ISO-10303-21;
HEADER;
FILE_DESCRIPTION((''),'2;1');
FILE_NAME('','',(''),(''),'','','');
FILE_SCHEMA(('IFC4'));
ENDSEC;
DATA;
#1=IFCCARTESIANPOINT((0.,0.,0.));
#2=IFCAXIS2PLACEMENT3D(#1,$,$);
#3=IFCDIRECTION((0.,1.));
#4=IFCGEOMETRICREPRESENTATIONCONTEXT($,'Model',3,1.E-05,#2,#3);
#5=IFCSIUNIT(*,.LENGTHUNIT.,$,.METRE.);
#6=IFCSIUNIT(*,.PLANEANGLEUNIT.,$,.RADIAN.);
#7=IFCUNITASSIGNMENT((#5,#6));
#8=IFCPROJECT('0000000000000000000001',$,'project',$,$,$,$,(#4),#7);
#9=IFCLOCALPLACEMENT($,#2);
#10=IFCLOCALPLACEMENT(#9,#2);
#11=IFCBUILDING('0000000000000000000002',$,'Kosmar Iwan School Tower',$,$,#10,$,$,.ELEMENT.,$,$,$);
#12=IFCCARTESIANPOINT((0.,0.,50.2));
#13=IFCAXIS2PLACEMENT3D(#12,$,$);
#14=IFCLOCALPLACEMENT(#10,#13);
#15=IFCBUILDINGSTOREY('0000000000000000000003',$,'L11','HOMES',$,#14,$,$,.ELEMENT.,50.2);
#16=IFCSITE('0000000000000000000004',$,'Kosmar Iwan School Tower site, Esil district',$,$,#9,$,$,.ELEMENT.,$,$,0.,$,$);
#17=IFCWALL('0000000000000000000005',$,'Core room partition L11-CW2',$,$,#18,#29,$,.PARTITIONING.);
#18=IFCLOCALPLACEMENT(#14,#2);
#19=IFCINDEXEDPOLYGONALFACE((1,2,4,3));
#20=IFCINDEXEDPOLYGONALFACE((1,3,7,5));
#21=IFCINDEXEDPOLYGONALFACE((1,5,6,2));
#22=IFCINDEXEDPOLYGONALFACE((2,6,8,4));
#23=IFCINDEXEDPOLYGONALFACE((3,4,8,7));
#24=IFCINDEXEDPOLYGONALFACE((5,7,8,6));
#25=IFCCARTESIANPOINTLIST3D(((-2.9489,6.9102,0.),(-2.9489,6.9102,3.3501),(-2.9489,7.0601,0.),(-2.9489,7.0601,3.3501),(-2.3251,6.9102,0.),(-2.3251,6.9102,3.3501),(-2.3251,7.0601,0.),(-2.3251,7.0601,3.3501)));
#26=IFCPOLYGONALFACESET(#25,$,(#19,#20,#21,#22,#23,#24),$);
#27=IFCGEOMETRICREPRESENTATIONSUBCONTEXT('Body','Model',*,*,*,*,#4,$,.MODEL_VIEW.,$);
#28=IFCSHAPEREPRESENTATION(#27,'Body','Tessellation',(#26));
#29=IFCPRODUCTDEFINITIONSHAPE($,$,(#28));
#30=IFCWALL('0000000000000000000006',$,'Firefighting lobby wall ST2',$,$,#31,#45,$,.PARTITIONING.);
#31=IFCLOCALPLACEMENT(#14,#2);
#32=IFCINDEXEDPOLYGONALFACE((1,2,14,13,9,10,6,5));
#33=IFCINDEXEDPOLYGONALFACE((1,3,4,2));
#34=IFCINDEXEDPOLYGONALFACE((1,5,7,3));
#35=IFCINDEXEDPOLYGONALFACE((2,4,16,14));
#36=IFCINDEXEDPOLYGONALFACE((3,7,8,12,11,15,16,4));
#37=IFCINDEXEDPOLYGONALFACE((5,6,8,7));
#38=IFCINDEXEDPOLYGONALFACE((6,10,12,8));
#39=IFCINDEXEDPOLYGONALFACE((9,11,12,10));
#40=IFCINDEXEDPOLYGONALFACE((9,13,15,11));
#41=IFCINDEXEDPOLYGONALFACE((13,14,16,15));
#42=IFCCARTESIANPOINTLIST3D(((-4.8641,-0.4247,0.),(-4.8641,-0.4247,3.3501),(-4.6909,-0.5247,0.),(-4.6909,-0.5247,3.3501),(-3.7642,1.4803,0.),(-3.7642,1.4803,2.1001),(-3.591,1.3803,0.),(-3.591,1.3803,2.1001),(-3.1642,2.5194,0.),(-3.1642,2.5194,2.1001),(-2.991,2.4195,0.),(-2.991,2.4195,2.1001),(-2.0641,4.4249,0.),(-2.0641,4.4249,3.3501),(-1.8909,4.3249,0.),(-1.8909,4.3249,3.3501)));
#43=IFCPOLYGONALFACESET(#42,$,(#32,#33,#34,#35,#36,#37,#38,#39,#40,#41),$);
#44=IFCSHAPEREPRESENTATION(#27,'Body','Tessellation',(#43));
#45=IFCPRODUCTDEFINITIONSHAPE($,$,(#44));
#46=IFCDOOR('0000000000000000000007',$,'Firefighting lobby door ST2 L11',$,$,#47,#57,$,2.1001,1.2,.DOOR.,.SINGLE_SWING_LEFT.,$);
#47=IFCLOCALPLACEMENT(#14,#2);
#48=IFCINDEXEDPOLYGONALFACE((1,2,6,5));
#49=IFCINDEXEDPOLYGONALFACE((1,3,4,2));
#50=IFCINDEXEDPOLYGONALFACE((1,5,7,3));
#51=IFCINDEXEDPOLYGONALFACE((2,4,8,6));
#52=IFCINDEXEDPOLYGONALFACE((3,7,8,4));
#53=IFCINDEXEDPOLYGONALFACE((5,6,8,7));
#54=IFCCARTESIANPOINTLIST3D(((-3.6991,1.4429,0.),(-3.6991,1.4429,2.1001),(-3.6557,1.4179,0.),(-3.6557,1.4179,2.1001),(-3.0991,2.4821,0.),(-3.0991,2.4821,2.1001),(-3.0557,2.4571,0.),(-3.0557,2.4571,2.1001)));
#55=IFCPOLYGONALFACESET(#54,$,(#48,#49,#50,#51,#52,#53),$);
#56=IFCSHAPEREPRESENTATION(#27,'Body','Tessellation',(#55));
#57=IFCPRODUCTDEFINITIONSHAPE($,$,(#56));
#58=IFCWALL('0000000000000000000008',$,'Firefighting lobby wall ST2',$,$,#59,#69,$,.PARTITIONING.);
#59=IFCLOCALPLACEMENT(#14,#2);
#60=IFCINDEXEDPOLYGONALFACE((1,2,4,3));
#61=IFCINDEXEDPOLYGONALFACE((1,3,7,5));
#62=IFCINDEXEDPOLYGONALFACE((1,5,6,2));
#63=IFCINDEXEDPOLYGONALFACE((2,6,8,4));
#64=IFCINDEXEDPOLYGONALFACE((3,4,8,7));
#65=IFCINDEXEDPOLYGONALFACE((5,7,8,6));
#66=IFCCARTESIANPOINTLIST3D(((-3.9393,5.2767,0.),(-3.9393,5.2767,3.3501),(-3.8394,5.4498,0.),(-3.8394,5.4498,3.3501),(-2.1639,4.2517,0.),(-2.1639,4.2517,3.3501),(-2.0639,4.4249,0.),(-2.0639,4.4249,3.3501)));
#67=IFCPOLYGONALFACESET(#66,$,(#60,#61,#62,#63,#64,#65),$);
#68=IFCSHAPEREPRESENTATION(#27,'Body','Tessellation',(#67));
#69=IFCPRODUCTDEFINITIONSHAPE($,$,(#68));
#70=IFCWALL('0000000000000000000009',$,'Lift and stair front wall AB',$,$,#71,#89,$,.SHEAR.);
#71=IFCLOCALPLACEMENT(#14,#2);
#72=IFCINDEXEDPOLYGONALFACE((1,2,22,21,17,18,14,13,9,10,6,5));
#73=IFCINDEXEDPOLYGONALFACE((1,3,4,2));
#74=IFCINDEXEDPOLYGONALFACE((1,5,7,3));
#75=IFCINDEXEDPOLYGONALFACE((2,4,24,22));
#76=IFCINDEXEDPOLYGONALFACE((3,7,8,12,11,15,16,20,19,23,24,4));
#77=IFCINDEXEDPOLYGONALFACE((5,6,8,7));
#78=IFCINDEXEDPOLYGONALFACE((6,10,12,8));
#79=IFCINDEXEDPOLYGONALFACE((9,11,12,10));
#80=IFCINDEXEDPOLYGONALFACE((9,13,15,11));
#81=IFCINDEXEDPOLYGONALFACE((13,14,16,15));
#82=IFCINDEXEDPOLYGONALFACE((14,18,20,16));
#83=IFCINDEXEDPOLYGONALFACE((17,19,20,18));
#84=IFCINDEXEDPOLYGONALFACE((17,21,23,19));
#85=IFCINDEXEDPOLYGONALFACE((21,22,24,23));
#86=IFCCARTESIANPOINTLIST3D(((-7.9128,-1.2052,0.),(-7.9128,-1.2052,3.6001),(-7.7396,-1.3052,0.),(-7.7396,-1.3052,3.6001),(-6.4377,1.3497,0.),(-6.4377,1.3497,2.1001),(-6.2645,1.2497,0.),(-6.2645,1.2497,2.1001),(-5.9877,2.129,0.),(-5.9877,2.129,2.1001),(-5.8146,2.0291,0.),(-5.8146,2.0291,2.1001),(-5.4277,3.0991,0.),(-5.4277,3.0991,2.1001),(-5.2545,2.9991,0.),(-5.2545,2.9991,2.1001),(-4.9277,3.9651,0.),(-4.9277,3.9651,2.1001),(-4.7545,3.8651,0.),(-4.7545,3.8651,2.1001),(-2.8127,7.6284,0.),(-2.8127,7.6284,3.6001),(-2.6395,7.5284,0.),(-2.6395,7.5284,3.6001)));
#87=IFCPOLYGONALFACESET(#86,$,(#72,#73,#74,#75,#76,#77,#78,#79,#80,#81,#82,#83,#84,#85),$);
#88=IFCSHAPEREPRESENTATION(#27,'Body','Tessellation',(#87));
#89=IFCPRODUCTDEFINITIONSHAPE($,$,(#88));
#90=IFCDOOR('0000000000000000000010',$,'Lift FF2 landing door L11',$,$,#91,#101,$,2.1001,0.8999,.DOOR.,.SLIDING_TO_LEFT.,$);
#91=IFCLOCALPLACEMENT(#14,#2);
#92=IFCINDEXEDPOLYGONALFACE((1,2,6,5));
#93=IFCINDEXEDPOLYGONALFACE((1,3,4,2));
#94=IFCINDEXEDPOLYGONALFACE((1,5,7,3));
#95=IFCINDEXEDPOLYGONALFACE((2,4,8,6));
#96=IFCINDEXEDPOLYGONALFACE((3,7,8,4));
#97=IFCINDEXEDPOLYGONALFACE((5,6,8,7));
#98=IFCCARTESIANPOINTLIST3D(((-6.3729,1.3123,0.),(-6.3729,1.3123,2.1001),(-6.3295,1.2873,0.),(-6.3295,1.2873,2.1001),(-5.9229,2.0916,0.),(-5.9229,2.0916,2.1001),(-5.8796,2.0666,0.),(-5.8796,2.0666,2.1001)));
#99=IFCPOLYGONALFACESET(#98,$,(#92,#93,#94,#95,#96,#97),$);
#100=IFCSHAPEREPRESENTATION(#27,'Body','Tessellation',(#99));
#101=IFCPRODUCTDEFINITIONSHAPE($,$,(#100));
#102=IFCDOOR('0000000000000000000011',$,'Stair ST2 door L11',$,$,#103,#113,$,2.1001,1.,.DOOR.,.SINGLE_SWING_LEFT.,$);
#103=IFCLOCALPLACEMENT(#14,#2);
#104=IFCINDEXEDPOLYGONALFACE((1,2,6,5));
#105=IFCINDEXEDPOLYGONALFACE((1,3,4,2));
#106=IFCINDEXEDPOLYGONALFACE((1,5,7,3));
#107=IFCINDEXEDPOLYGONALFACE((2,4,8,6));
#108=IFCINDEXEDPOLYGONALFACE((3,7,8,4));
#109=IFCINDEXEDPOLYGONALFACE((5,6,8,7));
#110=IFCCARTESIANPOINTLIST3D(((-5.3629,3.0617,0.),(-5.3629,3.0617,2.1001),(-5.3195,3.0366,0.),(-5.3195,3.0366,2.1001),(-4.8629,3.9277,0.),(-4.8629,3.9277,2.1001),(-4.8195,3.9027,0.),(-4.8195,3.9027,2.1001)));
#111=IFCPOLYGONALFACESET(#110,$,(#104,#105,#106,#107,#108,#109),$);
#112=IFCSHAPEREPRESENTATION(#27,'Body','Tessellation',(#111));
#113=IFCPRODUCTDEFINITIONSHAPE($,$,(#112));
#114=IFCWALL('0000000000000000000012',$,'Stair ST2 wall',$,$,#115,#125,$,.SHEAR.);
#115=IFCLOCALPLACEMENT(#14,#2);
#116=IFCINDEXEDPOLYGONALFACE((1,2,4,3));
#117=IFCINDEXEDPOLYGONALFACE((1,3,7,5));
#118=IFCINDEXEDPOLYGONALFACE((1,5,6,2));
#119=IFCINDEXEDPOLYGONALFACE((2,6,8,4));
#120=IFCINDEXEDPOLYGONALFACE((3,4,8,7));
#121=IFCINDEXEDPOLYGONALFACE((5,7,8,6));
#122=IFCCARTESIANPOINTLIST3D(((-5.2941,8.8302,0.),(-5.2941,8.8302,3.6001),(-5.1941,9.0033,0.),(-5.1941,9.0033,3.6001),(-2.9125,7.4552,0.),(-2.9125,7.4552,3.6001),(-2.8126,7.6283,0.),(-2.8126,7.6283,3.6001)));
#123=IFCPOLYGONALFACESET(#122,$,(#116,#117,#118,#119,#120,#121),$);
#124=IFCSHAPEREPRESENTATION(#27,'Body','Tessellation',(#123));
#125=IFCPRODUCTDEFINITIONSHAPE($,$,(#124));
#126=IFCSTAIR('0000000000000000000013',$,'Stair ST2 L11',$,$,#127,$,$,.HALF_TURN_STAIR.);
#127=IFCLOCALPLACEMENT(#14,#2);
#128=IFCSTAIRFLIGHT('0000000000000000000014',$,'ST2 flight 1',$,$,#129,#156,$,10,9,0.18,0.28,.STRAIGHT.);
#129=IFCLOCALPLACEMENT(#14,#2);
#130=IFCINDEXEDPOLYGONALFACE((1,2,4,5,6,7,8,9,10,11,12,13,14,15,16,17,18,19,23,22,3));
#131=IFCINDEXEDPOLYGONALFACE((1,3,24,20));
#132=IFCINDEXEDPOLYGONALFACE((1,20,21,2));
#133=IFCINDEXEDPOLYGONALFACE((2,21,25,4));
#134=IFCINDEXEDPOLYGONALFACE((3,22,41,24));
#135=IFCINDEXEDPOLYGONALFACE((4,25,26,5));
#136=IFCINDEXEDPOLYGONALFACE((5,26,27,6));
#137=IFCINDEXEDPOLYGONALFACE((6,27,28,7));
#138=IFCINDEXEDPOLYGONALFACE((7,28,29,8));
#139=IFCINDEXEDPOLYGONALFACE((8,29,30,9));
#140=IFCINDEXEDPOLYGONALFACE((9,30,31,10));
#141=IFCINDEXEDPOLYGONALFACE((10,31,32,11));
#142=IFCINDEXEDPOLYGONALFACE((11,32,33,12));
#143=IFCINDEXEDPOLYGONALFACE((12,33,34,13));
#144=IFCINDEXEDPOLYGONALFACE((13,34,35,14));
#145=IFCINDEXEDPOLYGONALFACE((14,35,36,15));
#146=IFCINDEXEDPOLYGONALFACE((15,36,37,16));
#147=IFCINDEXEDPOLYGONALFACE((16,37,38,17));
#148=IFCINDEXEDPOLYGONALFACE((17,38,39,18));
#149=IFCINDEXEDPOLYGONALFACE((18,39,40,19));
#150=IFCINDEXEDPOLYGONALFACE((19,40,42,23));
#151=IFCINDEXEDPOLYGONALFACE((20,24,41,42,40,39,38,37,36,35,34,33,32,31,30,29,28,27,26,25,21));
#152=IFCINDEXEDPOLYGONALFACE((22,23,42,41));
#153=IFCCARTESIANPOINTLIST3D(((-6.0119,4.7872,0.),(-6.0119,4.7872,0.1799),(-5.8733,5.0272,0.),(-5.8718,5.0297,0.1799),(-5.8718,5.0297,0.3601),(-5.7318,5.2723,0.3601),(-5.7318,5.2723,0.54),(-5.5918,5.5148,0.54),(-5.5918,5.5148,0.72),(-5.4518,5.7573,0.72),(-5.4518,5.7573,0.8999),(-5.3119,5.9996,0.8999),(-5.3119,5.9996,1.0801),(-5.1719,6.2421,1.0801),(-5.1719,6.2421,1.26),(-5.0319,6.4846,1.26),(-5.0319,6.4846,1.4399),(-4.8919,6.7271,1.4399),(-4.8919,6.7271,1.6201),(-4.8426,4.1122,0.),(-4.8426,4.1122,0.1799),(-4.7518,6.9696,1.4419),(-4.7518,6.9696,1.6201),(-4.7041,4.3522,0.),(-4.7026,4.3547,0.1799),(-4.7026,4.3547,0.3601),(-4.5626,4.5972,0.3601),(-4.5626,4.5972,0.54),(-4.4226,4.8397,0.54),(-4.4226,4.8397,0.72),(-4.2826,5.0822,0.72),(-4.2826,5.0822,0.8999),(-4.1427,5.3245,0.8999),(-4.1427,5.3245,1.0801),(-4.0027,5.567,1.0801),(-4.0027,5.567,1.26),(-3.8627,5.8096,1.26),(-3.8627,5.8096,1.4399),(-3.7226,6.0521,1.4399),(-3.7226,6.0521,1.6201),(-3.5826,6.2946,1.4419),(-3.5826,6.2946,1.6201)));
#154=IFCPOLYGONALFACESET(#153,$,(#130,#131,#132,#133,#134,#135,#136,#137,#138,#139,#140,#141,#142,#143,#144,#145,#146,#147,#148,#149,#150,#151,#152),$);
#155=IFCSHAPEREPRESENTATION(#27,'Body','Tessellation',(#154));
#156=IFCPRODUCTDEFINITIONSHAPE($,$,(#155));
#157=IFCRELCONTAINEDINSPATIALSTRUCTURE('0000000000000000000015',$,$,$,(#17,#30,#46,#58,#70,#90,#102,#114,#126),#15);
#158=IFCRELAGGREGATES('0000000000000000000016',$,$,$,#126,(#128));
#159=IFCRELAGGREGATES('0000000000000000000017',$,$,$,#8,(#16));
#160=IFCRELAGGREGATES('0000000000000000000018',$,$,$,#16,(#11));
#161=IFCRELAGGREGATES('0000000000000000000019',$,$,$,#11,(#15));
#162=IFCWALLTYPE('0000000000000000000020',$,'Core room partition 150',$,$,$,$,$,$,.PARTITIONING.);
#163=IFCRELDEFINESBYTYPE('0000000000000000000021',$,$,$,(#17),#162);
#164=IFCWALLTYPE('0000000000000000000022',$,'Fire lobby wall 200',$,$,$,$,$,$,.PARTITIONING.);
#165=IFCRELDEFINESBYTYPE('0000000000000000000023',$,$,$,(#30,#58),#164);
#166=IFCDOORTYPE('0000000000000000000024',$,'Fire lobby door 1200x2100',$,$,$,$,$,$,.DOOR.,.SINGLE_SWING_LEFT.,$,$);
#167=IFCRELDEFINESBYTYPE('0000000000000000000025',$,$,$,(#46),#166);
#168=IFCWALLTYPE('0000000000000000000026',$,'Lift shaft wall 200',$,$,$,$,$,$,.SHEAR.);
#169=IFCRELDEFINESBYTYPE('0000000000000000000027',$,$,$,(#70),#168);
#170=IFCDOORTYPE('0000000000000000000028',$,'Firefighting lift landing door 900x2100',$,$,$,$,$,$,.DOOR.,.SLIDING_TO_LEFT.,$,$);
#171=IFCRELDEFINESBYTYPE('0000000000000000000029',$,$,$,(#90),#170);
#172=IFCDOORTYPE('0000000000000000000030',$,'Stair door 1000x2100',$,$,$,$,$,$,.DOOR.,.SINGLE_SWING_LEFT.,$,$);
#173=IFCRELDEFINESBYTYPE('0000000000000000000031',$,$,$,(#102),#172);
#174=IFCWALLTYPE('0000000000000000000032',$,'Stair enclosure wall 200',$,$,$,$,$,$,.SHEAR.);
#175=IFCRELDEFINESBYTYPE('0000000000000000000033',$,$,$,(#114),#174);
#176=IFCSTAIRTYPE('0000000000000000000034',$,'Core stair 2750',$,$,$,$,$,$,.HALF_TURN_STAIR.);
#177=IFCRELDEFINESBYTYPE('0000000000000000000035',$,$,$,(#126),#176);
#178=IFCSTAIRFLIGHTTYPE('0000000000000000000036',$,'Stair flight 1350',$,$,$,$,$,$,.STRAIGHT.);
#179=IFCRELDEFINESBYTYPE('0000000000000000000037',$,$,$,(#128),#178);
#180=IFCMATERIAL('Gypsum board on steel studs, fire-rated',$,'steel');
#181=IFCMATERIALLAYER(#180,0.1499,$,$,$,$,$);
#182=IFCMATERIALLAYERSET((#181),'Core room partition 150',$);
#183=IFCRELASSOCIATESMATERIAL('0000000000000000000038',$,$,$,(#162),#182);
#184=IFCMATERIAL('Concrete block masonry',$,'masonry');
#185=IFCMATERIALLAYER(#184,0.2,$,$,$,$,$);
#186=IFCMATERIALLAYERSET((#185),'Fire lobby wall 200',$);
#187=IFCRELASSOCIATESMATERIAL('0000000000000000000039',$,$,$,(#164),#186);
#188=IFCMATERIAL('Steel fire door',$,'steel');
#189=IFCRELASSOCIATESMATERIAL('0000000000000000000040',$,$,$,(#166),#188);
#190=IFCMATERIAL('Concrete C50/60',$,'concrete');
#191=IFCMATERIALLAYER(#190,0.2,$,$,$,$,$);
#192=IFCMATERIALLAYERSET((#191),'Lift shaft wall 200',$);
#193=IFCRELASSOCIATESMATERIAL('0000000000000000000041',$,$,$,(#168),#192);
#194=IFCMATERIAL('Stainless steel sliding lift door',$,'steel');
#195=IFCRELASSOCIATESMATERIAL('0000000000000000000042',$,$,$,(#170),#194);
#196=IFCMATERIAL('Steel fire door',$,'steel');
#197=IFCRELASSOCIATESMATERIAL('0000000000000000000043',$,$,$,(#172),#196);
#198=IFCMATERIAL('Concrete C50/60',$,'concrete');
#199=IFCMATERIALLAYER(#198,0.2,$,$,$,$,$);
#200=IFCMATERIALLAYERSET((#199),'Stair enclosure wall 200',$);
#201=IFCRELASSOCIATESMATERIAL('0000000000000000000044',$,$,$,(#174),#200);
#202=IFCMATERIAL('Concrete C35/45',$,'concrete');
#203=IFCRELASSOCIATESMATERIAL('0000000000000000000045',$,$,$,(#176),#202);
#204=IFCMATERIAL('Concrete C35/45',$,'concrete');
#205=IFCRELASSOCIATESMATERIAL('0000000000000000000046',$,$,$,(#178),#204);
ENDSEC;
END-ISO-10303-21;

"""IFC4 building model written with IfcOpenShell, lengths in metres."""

from ifc_helpers import new_model, si_unit, direction, frame, frame_2d, origin, place, context, subcontext, project, spatial, polyline, rectangle, outline, extrude, material, layer, layer_set, type_object, element, fill, aggregate, save


model = new_model("IFC4")

# Units and contexts
model_context = context("Model", 3, precision=1e-05, world=origin(), true_north=direction((0.0, 1.0)))
body_context = subcontext(model_context, "Body", "Model", "MODEL_VIEW")
ifc_project = project(units=[si_unit("LENGTHUNIT", "METRE"), si_unit("PLANEANGLEUNIT", "RADIAN")], contexts=[model_context])

# Site, building, storey
site_placement = place(None, origin())
site = spatial("IfcSite", under=ifc_project, at=site_placement, Name="Kosmar Iwan School Tower site, Esil district", CompositionType="ELEMENT", RefElevation=0.0)
building_placement = place(site_placement, origin())
building = spatial("IfcBuilding", under=site, at=building_placement, Name="Kosmar Iwan School Tower", CompositionType="ELEMENT")
storey_placement = place(building_placement, frame((0.0, 0.0, 50.2)))
storey = spatial("IfcBuildingStorey", under=building, at=storey_placement, Name="L11", Description="HOMES", CompositionType="ELEMENT", Elevation=50.2)

# Wall
ifc_material_1 = material(Name="Gypsum board on steel studs, fire-rated", Category="steel")
ifc_layer_1 = layer(ifc_material_1, 0.1499)
ifc_layer_set_1 = layer_set([ifc_layer_1], Name="Core room partition 150")
wall_type_1 = type_object("IfcWallType", Name="Core room partition 150", PredefinedType="PARTITIONING", material=ifc_layer_set_1)
wall_1_placement = place(storey_placement, frame((-2.325, 6.9851, 0.0), z_axis=(0.0, 0.0, 1.0), x_axis=(-1.0, 0.0, 0.0)))
element("IfcWall", 1, at=wall_1_placement, inside=storey, type_object=wall_type_1, Name="Core room partition L11-CW2", PredefinedType="PARTITIONING", context=body_context, shape_type="SweptSolid", body=[
    extrude(rectangle(XDim=0.6238, YDim=0.1499, at=frame_2d((0.312, 0.0))), origin(), (0.0, 0.0, 1.0), 3.3501),
])

# Wall, opening, door
ifc_material_2 = material(Name="Concrete block masonry", Category="masonry")
ifc_layer_2 = layer(ifc_material_2, 0.2)
ifc_layer_set_2 = layer_set([ifc_layer_2], Name="Fire lobby wall 200")
wall_type_2 = type_object("IfcWallType", Name="Fire lobby wall 200", PredefinedType="PARTITIONING", material=ifc_layer_set_2)
wall_2_placement = place(storey_placement, frame((-1.9775, 4.3748, 0.0), z_axis=(0.0, 0.0, 1.0), x_axis=(-0.500017, -0.866016, 0.0)))
wall_2 = element("IfcWall", 2, at=wall_2_placement, inside=storey, type_object=wall_type_2, Name="Firefighting lobby wall ST2", PredefinedType="PARTITIONING", context=body_context, shape_type="SweptSolid", body=[
    extrude(rectangle(XDim=5.5999, YDim=0.2, at=frame_2d((2.7998, 0.0))), origin(), (0.0, 0.0, 1.0), 3.3501),
])
opening_1_placement = place(wall_2_placement, frame((2.2, 0.0, 0.0)))
opening_1 = element("IfcOpeningElement", 3, at=opening_1_placement, cuts=wall_2, PredefinedType="OPENING", context=body_context, shape_type="SweptSolid", body=[
    extrude(rectangle(XDim=1.2, YDim=2.1001, at=frame_2d((0.6001, 1.05))), frame((0.0, 0.1121, 0.0), z_axis=(0.0, -1.0, 0.0), x_axis=(1.0, 0.0, 0.0)), (0.0, 0.0, 1.0), 0.2239),
])
ifc_material_3 = material(Name="Steel fire door", Category="steel")
door_type_1 = type_object("IfcDoorType", Name="Fire lobby door 1200x2100", OperationType="SINGLE_SWING_LEFT", PredefinedType="DOOR", material=ifc_material_3)
door_1_placement = place(opening_1_placement, frame((1.2, 0.0, 0.0), z_axis=(0.0, 0.0, 1.0), x_axis=(-1.0, 0.0, 0.0)))
door_1 = element("IfcDoor", 4, at=door_1_placement, inside=storey, type_object=door_type_1, Name="Firefighting lobby door ST2 L11", OperationType="SINGLE_SWING_LEFT", OverallHeight=2.1001, OverallWidth=1.2, PredefinedType="DOOR", context=body_context, shape_type="SweptSolid", body=[
    extrude(rectangle(XDim=1.2, YDim=2.1001, at=frame_2d((0.6001, 1.05))), frame((0.0, 0.0249, 0.0), z_axis=(0.0, -1.0, 0.0), x_axis=(1.0, 0.0, 0.0)), (0.0, 0.0, 1.0), 0.05),
])
fill(opening_1, door_1)

# Wall
wall_3_placement = place(storey_placement, frame((-2.114, 4.3384, 0.0), z_axis=(0.0, 0.0, 1.0), x_axis=(-0.866051, 0.499956, 0.0)))
element("IfcWall", 5, at=wall_3_placement, inside=storey, type_object=wall_type_2, Name="Firefighting lobby wall ST2", PredefinedType="PARTITIONING", context=body_context, shape_type="SweptSolid", body=[
    extrude(rectangle(XDim=2.05, YDim=0.2, at=frame_2d((1.0249, 0.0))), origin(), (0.0, 0.0, 1.0), 3.3501),
])

# Wall, openings, doors
ifc_material_4 = material(Name="Concrete C50/60", Category="concrete")
ifc_layer_3 = layer(ifc_material_4, 0.2)
ifc_layer_set_3 = layer_set([ifc_layer_3], Name="Lift shaft wall 200")
wall_type_3 = type_object("IfcWallType", Name="Lift shaft wall 200", PredefinedType="SHEAR", material=ifc_layer_set_3)
wall_4_placement = place(storey_placement, frame((-2.7261, 7.5784, 0.0), z_axis=(0.0, 0.0, 1.0), x_axis=(-0.500006, -0.866022, 0.0)))
wall_4 = element("IfcWall", 6, at=wall_4_placement, inside=storey, type_object=wall_type_3, Name="Lift and stair front wall AB", PredefinedType="SHEAR", context=body_context, shape_type="SweptSolid", body=[
    extrude(rectangle(XDim=10.2002, YDim=0.2, at=frame_2d((5.1001, 0.0))), origin(), (0.0, 0.0, 1.0), 3.6001),
])
opening_2_placement = place(wall_4_placement, frame((6.3501, 0.0, 0.0)))
opening_2 = element("IfcOpeningElement", 7, at=opening_2_placement, cuts=wall_4, PredefinedType="OPENING", context=body_context, shape_type="SweptSolid", body=[
    extrude(rectangle(XDim=0.8999, YDim=2.1001, at=frame_2d((0.45, 1.05))), frame((0.0, 0.1121, 0.0), z_axis=(0.0, -1.0, 0.0), x_axis=(1.0, 0.0, 0.0)), (0.0, 0.0, 1.0), 0.2239),
])
opening_3_placement = place(wall_4_placement, frame((4.23, 0.0, 0.0)))
opening_3 = element("IfcOpeningElement", 8, at=opening_3_placement, cuts=wall_4, PredefinedType="OPENING", context=body_context, shape_type="SweptSolid", body=[
    extrude(rectangle(XDim=1.0, YDim=2.1001, at=frame_2d((0.5, 1.05))), frame((0.0, 0.1121, 0.0), z_axis=(0.0, -1.0, 0.0), x_axis=(1.0, 0.0, 0.0)), (0.0, 0.0, 1.0), 0.2239),
])
ifc_material_5 = material(Name="Stainless steel sliding lift door", Category="steel")
door_type_2 = type_object("IfcDoorType", Name="Firefighting lift landing door 900x2100", OperationType="SLIDING_TO_LEFT", PredefinedType="DOOR", material=ifc_material_5)
door_2_placement = place(opening_2_placement, origin())
door_2 = element("IfcDoor", 9, at=door_2_placement, inside=storey, type_object=door_type_2, Name="Lift FF2 landing door L11", OperationType="SLIDING_TO_LEFT", OverallHeight=2.1001, OverallWidth=0.8999, PredefinedType="DOOR", context=body_context, shape_type="SweptSolid", body=[
    extrude(rectangle(XDim=0.8999, YDim=2.1001, at=frame_2d((0.45, 1.05))), frame((0.0, 0.0249, 0.0), z_axis=(0.0, -1.0, 0.0), x_axis=(1.0, 0.0, 0.0)), (0.0, 0.0, 1.0), 0.05),
])
fill(opening_2, door_2)
ifc_material_6 = material(Name="Steel fire door", Category="steel")
door_type_3 = type_object("IfcDoorType", Name="Stair door 1000x2100", OperationType="SINGLE_SWING_LEFT", PredefinedType="DOOR", material=ifc_material_6)
door_3_placement = place(opening_3_placement, origin())
door_3 = element("IfcDoor", 10, at=door_3_placement, inside=storey, type_object=door_type_3, Name="Stair ST2 door L11", OperationType="SINGLE_SWING_LEFT", OverallHeight=2.1001, OverallWidth=1.0, PredefinedType="DOOR", context=body_context, shape_type="SweptSolid", body=[
    extrude(rectangle(XDim=1.0, YDim=2.1001, at=frame_2d((0.5, 1.05))), frame((0.0, 0.0249, 0.0), z_axis=(0.0, -1.0, 0.0), x_axis=(1.0, 0.0, 0.0)), (0.0, 0.0, 1.0), 0.05),
])
fill(opening_3, door_3)

# Wall
ifc_material_7 = material(Name="Concrete C50/60", Category="concrete")
ifc_layer_4 = layer(ifc_material_7, 0.2)
ifc_layer_set_4 = layer_set([ifc_layer_4], Name="Stair enclosure wall 200")
wall_type_4 = type_object("IfcWallType", Name="Stair enclosure wall 200", PredefinedType="SHEAR", material=ifc_layer_set_4)
wall_5_placement = place(storey_placement, frame((-2.8625, 7.5417, 0.0), z_axis=(0.0, 0.0, 1.0), x_axis=(-0.866027, 0.499997, 0.0)))
element("IfcWall", 11, at=wall_5_placement, inside=storey, type_object=wall_type_4, Name="Stair ST2 wall", PredefinedType="SHEAR", context=body_context, shape_type="SweptSolid", body=[
    extrude(rectangle(XDim=2.75, YDim=0.2, at=frame_2d((1.375, 0.0))), origin(), (0.0, 0.0, 1.0), 3.6001),
])

# Stair, stair flight
ifc_material_8 = material(Name="Concrete C35/45", Category="concrete")
stair_type = type_object("IfcStairType", Name="Core stair 2750", PredefinedType="HALF_TURN_STAIR", material=ifc_material_8)
stair_placement = place(storey_placement, origin())
stair = element("IfcStair", 12, at=stair_placement, inside=storey, type_object=stair_type, Name="Stair ST2 L11", PredefinedType="HALF_TURN_STAIR")
ifc_material_9 = material(Name="Concrete C35/45", Category="concrete")
stair_flight_type = type_object("IfcStairFlightType", Name="Stair flight 1350", PredefinedType="STRAIGHT", material=ifc_material_9)
stair_flight_1_placement = place(storey_placement, frame((-5.4272, 4.4497, 0.0), z_axis=(0.0, 0.0, 1.0), x_axis=(0.5, 0.866025, 0.0)))
stair_flight_1 = element("IfcStairFlight", 13, at=stair_flight_1_placement, type_object=stair_flight_type, Name="ST2 flight 1", NumberOfRisers=10, NumberOfTreads=9, PredefinedType="STRAIGHT", RiserHeight=0.18, TreadLength=0.28, context=body_context, shape_type="SweptSolid", body=[
    extrude(outline(polyline([(0.0, 0.0), (0.0, 0.1799), (0.28, 0.1799), (0.28, 0.3601), (0.5601, 0.3601), (0.5601, 0.54), (0.8401, 0.54), (0.8401, 0.72), (1.1201, 0.72), (1.1201, 0.8999), (1.3999, 0.8999), (1.3999, 1.0801), (1.6799, 1.0801), (1.6799, 1.26), (1.96, 1.26), (1.96, 1.4399), (2.24, 1.4399), (2.24, 1.6201), (2.52, 1.6201), (2.52, 1.8), (2.52, 1.4419), (0.2771, 0.0), (0.0, 0.0)])), frame((0.0, 0.675, 0.0), z_axis=(0.0, -1.0, 0.0), x_axis=(1.0, 0.0, 0.0)), (0.0, 0.0, 1.0), 1.3501),
])
aggregate(stair, [stair_flight_1])

save(model, "model.ifc")
